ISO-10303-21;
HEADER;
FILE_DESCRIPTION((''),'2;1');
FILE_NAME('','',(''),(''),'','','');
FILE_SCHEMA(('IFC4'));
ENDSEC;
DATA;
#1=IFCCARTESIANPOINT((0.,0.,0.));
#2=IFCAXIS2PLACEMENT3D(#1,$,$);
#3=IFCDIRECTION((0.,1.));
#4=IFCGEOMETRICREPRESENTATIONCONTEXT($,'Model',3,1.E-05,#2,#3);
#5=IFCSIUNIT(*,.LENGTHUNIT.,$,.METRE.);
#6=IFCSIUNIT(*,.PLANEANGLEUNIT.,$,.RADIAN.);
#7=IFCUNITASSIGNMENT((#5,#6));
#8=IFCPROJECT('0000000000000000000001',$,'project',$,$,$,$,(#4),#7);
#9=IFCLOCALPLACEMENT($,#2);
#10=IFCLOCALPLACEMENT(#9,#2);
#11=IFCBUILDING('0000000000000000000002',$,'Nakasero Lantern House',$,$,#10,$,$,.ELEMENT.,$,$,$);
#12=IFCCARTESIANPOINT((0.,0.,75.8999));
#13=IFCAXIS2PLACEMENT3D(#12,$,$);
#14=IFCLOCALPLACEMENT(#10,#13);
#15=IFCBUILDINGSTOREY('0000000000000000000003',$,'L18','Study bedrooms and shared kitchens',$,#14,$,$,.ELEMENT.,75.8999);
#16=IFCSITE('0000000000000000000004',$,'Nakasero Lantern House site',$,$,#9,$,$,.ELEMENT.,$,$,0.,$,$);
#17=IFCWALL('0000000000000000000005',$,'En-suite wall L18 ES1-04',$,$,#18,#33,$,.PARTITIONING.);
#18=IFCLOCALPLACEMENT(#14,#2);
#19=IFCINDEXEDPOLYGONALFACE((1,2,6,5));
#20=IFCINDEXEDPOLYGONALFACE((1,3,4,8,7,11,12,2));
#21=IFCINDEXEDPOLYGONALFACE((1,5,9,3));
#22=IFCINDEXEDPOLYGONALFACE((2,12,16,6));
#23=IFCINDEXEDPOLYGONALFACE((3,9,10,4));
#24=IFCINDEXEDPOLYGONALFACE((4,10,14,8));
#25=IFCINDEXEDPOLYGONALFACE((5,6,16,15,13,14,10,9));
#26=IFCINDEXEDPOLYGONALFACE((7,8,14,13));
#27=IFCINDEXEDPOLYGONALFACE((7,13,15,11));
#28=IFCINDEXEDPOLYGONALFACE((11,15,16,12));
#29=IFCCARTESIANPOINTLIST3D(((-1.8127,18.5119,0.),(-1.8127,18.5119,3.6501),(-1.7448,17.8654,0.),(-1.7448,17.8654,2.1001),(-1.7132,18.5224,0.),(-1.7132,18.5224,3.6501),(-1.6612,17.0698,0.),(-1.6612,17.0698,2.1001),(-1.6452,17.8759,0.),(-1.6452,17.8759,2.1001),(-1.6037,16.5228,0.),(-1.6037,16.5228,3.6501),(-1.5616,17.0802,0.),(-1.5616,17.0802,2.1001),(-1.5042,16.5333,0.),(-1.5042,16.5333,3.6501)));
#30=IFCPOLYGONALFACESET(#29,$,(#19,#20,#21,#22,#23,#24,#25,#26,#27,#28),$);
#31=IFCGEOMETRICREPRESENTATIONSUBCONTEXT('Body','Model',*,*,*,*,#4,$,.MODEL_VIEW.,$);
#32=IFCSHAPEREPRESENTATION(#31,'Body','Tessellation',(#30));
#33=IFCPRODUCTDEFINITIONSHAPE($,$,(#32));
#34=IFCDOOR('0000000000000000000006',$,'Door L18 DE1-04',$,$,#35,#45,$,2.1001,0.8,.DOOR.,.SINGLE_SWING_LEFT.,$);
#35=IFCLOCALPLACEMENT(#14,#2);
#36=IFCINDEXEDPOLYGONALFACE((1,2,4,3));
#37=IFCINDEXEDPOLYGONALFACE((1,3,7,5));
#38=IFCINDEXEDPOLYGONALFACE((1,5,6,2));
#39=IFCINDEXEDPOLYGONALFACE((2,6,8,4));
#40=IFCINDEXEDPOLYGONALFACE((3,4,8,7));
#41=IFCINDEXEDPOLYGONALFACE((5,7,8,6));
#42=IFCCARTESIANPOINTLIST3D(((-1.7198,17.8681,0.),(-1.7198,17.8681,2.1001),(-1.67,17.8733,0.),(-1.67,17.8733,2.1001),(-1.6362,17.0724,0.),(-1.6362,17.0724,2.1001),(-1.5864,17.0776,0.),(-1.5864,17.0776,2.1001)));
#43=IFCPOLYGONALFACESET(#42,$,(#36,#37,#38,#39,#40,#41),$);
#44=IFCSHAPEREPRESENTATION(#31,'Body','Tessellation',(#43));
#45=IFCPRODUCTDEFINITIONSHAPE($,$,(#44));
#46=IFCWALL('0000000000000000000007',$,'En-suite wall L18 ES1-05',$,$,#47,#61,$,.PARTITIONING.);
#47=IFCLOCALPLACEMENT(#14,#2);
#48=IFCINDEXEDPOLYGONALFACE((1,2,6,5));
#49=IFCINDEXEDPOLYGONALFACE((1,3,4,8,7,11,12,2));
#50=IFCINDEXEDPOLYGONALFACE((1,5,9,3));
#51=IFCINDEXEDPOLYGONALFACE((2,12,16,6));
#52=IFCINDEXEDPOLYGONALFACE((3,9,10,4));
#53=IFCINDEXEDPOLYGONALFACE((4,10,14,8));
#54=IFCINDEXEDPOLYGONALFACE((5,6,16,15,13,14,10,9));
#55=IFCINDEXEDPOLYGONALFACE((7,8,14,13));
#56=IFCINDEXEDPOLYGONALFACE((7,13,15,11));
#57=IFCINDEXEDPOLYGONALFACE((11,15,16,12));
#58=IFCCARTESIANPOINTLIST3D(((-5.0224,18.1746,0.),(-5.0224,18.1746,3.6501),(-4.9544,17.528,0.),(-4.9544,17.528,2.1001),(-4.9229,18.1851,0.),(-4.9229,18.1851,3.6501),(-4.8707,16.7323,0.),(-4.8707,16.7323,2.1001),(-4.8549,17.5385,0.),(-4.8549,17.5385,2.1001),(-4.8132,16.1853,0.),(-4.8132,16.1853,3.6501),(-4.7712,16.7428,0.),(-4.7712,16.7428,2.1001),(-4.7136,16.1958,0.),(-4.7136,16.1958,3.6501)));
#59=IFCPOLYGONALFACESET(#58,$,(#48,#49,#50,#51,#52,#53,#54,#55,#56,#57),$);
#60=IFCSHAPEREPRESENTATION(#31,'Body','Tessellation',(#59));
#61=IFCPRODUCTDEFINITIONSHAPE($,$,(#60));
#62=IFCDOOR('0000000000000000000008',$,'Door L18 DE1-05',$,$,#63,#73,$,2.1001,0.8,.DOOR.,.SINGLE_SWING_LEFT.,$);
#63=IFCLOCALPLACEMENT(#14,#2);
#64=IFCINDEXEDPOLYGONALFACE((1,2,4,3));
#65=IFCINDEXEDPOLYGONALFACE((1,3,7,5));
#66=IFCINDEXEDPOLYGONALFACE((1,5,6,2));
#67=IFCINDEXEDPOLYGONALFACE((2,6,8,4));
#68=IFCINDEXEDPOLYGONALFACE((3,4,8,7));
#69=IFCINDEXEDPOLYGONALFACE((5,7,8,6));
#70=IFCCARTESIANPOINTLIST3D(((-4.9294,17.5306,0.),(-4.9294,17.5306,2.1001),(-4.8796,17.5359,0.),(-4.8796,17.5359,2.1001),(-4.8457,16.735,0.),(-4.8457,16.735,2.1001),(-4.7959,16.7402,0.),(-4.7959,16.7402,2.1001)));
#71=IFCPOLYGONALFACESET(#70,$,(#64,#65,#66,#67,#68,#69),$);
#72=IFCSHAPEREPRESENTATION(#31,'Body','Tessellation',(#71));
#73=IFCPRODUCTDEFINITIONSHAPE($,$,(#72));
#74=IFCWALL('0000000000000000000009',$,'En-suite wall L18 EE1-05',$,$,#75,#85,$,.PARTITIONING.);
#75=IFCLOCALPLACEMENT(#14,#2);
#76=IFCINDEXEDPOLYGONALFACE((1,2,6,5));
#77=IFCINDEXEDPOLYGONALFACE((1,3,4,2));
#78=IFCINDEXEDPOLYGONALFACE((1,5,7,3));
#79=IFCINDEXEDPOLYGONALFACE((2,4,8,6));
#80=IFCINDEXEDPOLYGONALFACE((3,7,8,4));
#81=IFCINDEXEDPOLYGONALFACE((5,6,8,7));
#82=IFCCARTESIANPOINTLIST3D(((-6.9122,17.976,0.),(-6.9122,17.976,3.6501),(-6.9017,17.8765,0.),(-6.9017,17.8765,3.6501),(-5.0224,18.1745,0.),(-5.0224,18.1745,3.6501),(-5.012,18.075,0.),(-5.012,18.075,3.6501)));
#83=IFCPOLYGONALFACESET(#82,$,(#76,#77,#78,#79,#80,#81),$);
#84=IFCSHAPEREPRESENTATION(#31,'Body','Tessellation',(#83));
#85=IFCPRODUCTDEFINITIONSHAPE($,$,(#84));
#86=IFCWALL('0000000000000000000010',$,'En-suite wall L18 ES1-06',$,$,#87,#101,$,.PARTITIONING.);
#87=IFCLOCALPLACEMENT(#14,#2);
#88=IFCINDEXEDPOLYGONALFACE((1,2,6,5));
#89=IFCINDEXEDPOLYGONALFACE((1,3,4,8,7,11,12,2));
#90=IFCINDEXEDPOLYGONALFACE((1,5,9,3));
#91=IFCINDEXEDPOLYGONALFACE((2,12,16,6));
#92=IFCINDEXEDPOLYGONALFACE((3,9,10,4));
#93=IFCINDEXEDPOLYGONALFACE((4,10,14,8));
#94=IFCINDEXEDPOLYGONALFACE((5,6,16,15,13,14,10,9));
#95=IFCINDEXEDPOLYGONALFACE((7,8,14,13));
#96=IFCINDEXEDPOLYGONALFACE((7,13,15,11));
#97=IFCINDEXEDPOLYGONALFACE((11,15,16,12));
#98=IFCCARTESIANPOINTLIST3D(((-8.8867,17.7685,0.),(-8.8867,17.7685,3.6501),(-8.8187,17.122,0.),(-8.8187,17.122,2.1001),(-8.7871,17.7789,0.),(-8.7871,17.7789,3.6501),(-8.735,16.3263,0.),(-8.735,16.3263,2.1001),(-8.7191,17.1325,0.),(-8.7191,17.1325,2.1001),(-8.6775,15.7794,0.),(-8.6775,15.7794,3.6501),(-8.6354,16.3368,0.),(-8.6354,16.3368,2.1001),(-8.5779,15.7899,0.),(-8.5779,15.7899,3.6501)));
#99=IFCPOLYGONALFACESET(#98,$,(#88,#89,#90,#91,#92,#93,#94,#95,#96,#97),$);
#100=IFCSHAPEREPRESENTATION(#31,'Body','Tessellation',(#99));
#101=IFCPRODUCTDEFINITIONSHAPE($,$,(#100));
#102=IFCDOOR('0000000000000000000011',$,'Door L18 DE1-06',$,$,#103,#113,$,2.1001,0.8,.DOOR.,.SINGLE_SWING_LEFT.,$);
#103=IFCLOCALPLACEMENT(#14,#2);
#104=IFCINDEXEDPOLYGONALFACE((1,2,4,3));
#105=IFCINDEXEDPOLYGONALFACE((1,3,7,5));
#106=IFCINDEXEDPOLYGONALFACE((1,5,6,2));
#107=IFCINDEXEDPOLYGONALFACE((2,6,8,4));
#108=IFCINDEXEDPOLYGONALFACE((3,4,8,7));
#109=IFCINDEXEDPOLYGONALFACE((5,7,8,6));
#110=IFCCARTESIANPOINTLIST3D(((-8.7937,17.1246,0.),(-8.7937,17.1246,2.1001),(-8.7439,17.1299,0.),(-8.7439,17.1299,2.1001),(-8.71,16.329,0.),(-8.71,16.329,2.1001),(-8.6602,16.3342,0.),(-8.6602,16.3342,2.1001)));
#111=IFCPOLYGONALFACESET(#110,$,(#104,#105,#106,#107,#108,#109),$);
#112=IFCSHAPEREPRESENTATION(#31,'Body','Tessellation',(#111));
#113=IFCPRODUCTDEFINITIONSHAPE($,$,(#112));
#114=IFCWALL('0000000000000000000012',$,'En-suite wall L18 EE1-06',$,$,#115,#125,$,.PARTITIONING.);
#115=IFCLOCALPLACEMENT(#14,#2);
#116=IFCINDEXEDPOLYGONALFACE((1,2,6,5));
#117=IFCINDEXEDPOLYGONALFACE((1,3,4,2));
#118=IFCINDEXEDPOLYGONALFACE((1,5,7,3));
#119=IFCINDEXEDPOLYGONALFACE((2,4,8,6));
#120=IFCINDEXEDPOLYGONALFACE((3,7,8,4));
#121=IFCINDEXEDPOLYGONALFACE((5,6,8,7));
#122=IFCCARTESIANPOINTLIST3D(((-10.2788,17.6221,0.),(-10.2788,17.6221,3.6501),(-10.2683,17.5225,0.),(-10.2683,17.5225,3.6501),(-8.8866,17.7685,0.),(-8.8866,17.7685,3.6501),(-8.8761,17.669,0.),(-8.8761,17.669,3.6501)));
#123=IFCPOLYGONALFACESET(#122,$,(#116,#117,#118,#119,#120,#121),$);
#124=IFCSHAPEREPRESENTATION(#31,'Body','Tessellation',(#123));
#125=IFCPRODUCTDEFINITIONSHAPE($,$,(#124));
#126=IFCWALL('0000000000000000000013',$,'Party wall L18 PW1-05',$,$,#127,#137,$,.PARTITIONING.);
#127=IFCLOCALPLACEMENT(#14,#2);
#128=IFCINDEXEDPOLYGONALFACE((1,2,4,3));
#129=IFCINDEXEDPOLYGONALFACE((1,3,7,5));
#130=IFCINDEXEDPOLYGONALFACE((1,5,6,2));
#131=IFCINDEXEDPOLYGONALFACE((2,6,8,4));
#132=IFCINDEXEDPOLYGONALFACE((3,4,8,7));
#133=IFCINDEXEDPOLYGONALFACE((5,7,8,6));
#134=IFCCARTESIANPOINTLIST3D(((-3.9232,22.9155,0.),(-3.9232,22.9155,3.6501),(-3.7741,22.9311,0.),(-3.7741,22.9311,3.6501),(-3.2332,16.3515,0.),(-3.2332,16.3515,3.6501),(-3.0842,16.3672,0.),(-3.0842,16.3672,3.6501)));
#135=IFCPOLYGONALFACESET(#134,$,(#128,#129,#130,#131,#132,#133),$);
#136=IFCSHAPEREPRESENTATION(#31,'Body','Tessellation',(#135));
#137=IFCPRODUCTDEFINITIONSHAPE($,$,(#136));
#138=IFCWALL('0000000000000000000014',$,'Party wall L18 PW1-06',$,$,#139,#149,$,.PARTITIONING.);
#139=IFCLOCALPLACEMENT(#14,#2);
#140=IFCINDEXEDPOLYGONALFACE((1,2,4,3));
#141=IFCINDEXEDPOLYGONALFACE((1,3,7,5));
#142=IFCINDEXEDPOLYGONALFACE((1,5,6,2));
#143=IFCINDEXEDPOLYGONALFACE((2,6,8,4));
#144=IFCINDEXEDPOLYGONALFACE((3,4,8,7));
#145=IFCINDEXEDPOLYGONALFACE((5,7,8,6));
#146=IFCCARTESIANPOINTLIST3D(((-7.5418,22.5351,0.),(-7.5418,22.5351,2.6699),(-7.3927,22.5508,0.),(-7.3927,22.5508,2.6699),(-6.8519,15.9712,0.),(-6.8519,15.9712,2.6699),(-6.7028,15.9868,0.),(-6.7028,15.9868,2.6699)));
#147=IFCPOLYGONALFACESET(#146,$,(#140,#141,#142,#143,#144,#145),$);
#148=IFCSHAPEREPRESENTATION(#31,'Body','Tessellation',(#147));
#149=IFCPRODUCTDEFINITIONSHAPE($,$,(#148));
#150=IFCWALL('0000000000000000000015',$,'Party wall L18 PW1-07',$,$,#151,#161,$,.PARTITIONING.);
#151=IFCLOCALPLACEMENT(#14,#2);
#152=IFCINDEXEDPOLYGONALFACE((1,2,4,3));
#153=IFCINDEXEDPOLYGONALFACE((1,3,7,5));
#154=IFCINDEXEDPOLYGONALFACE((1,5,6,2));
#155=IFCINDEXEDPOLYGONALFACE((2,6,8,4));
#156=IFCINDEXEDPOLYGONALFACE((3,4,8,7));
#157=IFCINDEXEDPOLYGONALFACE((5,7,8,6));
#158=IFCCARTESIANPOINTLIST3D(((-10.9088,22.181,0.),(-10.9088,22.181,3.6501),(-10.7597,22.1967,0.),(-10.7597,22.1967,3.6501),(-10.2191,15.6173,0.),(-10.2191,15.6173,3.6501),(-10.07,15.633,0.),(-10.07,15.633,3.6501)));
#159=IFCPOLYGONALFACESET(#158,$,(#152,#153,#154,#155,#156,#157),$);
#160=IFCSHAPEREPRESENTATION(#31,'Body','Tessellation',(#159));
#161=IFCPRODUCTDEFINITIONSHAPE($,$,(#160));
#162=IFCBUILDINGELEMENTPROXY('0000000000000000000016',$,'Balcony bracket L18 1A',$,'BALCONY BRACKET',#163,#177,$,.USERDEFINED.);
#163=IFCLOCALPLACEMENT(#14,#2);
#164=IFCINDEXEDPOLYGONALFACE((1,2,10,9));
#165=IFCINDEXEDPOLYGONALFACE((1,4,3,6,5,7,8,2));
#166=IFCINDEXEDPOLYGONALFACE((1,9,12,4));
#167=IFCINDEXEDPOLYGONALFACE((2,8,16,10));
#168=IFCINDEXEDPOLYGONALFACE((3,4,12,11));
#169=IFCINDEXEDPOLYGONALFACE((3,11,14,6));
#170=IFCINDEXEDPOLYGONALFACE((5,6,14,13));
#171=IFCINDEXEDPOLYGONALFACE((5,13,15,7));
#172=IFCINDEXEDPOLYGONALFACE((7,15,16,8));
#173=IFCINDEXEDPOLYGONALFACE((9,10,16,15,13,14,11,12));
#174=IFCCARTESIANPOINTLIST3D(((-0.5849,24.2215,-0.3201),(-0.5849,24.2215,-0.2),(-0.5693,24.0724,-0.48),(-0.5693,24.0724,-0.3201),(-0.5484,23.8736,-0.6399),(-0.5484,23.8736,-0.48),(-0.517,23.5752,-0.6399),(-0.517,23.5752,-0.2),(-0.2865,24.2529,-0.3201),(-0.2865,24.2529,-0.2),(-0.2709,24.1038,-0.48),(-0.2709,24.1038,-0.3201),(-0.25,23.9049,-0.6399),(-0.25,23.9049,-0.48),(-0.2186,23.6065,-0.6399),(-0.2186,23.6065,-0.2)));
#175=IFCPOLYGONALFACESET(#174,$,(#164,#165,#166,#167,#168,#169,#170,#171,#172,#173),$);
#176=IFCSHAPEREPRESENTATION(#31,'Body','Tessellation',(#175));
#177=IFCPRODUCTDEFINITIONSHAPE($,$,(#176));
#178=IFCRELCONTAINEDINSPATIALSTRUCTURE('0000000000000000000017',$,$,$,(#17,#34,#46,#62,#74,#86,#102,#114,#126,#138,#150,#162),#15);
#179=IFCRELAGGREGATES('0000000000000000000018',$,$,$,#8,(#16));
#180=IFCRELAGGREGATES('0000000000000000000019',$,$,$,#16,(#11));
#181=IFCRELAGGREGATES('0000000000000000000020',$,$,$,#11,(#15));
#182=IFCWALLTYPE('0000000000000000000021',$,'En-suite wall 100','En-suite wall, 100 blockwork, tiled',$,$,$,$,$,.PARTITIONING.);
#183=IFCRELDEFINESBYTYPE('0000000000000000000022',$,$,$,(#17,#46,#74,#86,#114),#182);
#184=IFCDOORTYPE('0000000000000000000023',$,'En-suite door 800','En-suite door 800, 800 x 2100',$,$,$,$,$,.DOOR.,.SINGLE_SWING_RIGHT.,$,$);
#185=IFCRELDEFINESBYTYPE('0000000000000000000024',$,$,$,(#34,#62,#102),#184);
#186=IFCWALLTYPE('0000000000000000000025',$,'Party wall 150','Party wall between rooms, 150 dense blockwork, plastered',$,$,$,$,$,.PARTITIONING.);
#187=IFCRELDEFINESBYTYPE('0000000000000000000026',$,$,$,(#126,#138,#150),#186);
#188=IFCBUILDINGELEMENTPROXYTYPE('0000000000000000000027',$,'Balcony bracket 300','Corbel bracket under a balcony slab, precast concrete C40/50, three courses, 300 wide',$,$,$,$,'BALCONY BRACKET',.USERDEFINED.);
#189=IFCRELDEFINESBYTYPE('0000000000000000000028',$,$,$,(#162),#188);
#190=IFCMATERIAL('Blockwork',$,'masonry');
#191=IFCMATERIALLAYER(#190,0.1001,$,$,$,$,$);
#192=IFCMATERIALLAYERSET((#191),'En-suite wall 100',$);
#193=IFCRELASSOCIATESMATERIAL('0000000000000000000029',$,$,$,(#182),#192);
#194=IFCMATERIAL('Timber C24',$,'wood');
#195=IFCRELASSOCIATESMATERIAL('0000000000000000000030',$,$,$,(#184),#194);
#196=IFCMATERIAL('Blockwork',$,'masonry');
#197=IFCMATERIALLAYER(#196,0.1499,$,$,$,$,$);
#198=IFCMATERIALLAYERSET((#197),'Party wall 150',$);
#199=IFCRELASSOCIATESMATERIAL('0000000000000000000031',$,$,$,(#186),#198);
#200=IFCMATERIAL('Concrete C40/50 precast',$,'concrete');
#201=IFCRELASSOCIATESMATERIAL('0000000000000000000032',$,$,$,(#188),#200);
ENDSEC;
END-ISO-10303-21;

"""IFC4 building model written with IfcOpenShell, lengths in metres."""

from ifc_helpers import new_model, si_unit, direction, frame, frame_2d, origin, place, context, subcontext, project, spatial, polyline, rectangle, outline, extrude, material, layer, layer_set, type_object, element, fill, save


model = new_model("IFC4")

# Units and contexts
model_context = context("Model", 3, precision=1e-05, world=origin(), true_north=direction((0.0, 1.0)))
body_context = subcontext(model_context, "Body", "Model", "MODEL_VIEW")
ifc_project = project(units=[si_unit("LENGTHUNIT", "METRE"), si_unit("PLANEANGLEUNIT", "RADIAN")], contexts=[model_context])

# Site, building, storey
site_placement = place(None, origin())
site = spatial("IfcSite", under=ifc_project, at=site_placement, Name="Nakasero Lantern House site", CompositionType="ELEMENT", RefElevation=0.0)
building_placement = place(site_placement, origin())
building = spatial("IfcBuilding", under=site, at=building_placement, Name="Nakasero Lantern House", CompositionType="ELEMENT")
storey_placement = place(building_placement, frame((0.0, 0.0, 75.8999)))
storey = spatial("IfcBuildingStorey", under=building, at=storey_placement, Name="L18", Description="Study bedrooms and shared kitchens", CompositionType="ELEMENT", Elevation=75.8999)

# Walls, openings, doors
ifc_material_1 = material(Name="Blockwork", Category="masonry")
ifc_layer_1 = layer(ifc_material_1, 0.1001)
ifc_layer_set_1 = layer_set([ifc_layer_1], Name="En-suite wall 100")
wall_type_1 = type_object("IfcWallType", Name="En-suite wall 100", Description="En-suite wall, 100 blockwork, tiled", PredefinedType="PARTITIONING", material=ifc_layer_set_1)
wall_1_placement = place(storey_placement, frame((-1.554, 16.5281, 0.0), z_axis=(0.0, 0.0, 1.0), x_axis=(-0.104494, 0.994526, 0.0)))
wall_1 = element("IfcWall", 1, at=wall_1_placement, inside=storey, type_object=wall_type_1, Name="En-suite wall L18 ES1-04", PredefinedType="PARTITIONING", context=body_context, shape_type="SweptSolid", body=[
    extrude(rectangle(XDim=2.0, YDim=0.1001, at=frame_2d((1.0, 0.0))), origin(), (0.0, 0.0, 1.0), 3.6501),
])
opening_1_placement = place(wall_1_placement, frame((0.55, 0.0, 0.0)))
opening_1 = element("IfcOpeningElement", 2, at=opening_1_placement, cuts=wall_1, PredefinedType="OPENING", context=body_context, shape_type="SweptSolid", body=[
    extrude(rectangle(XDim=0.8, YDim=2.1001, at=frame_2d((0.3999, 1.05))), frame((0.0, 0.0701, 0.0), z_axis=(0.0, -1.0, 0.0), x_axis=(1.0, 0.0, 0.0)), (0.0, 0.0, 1.0), 0.1401),
])
ifc_material_2 = material(Name="Timber C24", Category="wood")
door_type = type_object("IfcDoorType", Name="En-suite door 800", Description="En-suite door 800, 800 x 2100", OperationType="SINGLE_SWING_RIGHT", PredefinedType="DOOR", material=ifc_material_2)
door_1_placement = place(opening_1_placement, origin())
door_1 = element("IfcDoor", 3, at=door_1_placement, inside=storey, type_object=door_type, Name="Door L18 DE1-04", OperationType="SINGLE_SWING_LEFT", OverallHeight=2.1001, OverallWidth=0.8, PredefinedType="DOOR", context=body_context, shape_type="SweptSolid", body=[
    extrude(rectangle(XDim=0.8, YDim=2.1001, at=frame_2d((0.3999, 1.05))), frame((0.0, 0.0249, 0.0), z_axis=(0.0, -1.0, 0.0), x_axis=(1.0, 0.0, 0.0)), (0.0, 0.0, 1.0), 0.05),
])
fill(opening_1, door_1)
wall_2_placement = place(storey_placement, frame((-4.7634, 16.1907, 0.0), z_axis=(0.0, 0.0, 1.0), x_axis=(-0.104602, 0.994514, 0.0)))
wall_2 = element("IfcWall", 4, at=wall_2_placement, inside=storey, type_object=wall_type_1, Name="En-suite wall L18 ES1-05", PredefinedType="PARTITIONING", context=body_context, shape_type="SweptSolid", body=[
    extrude(rectangle(XDim=2.0002, YDim=0.1001, at=frame_2d((1.0, 0.0))), origin(), (0.0, 0.0, 1.0), 3.6501),
])
opening_2_placement = place(wall_2_placement, frame((0.55, 0.0, 0.0)))
opening_2 = element("IfcOpeningElement", 5, at=opening_2_placement, cuts=wall_2, PredefinedType="OPENING", context=body_context, shape_type="SweptSolid", body=[
    extrude(rectangle(XDim=0.8, YDim=2.1001, at=frame_2d((0.3999, 1.05))), frame((0.0, 0.0701, 0.0), z_axis=(0.0, -1.0, 0.0), x_axis=(1.0, 0.0, 0.0)), (0.0, 0.0, 1.0), 0.1401),
])
door_2_placement = place(opening_2_placement, origin())
door_2 = element("IfcDoor", 6, at=door_2_placement, inside=storey, type_object=door_type, Name="Door L18 DE1-05", OperationType="SINGLE_SWING_LEFT", OverallHeight=2.1001, OverallWidth=0.8, PredefinedType="DOOR", context=body_context, shape_type="SweptSolid", body=[
    extrude(rectangle(XDim=0.8, YDim=2.1001, at=frame_2d((0.3999, 1.05))), frame((0.0, 0.0249, 0.0), z_axis=(0.0, -1.0, 0.0), x_axis=(1.0, 0.0, 0.0)), (0.0, 0.0, 1.0), 0.05),
])
fill(opening_2, door_2)

# Wall
wall_3_placement = place(storey_placement, frame((-5.0171, 18.1248, 0.0), z_axis=(0.0, 0.0, 1.0), x_axis=(-0.994529, -0.104464, 0.0)))
element("IfcWall", 7, at=wall_3_placement, inside=storey, type_object=wall_type_1, Name="En-suite wall L18 EE1-05", PredefinedType="PARTITIONING", context=body_context, shape_type="SweptSolid", body=[
    extrude(rectangle(XDim=1.9001, YDim=0.1001, at=frame_2d((0.9502, 0.0))), origin(), (0.0, 0.0, 1.0), 3.6501),
])

# Wall, opening, door
wall_4_placement = place(storey_placement, frame((-8.6277, 15.7847, 0.0), z_axis=(0.0, 0.0, 1.0), x_axis=(-0.104615, 0.994513, 0.0)))
wall_4 = element("IfcWall", 8, at=wall_4_placement, inside=storey, type_object=wall_type_1, Name="En-suite wall L18 ES1-06", PredefinedType="PARTITIONING", context=body_context, shape_type="SweptSolid", body=[
    extrude(rectangle(XDim=2.0, YDim=0.1001, at=frame_2d((1.0, 0.0))), origin(), (0.0, 0.0, 1.0), 3.6501),
])
opening_3_placement = place(wall_4_placement, frame((0.55, 0.0, 0.0)))
opening_3 = element("IfcOpeningElement", 9, at=opening_3_placement, cuts=wall_4, PredefinedType="OPENING", context=body_context, shape_type="SweptSolid", body=[
    extrude(rectangle(XDim=0.8, YDim=2.1001, at=frame_2d((0.3999, 1.05))), frame((0.0, 0.0701, 0.0), z_axis=(0.0, -1.0, 0.0), x_axis=(1.0, 0.0, 0.0)), (0.0, 0.0, 1.0), 0.1401),
])
door_3_placement = place(opening_3_placement, origin())
door_3 = element("IfcDoor", 10, at=door_3_placement, inside=storey, type_object=door_type, Name="Door L18 DE1-06", OperationType="SINGLE_SWING_LEFT", OverallHeight=2.1001, OverallWidth=0.8, PredefinedType="DOOR", context=body_context, shape_type="SweptSolid", body=[
    extrude(rectangle(XDim=0.8, YDim=2.1001, at=frame_2d((0.3999, 1.05))), frame((0.0, 0.0249, 0.0), z_axis=(0.0, -1.0, 0.0), x_axis=(1.0, 0.0, 0.0)), (0.0, 0.0, 1.0), 0.05),
])
fill(opening_3, door_3)

# Walls
wall_5_placement = place(storey_placement, frame((-8.8813, 17.7188, 0.0), z_axis=(0.0, 0.0, 1.0), x_axis=(-0.994511, -0.10463, 0.0)))
element("IfcWall", 11, at=wall_5_placement, inside=storey, type_object=wall_type_1, Name="En-suite wall L18 EE1-06", PredefinedType="PARTITIONING", context=body_context, shape_type="SweptSolid", body=[
    extrude(rectangle(XDim=1.3999, YDim=0.1001, at=frame_2d((0.7, 0.0))), origin(), (0.0, 0.0, 1.0), 3.6501),
])
ifc_material_3 = material(Name="Blockwork", Category="masonry")
ifc_layer_2 = layer(ifc_material_3, 0.1499)
ifc_layer_set_2 = layer_set([ifc_layer_2], Name="Party wall 150")
wall_type_2 = type_object("IfcWallType", Name="Party wall 150", Description="Party wall between rooms, 150 dense blockwork, plastered", PredefinedType="PARTITIONING", material=ifc_layer_set_2)
wall_6_placement = place(storey_placement, frame((-3.1587, 16.3594, 0.0), z_axis=(0.0, 0.0, 1.0), x_axis=(-0.104535, 0.994521, 0.0)))
element("IfcWall", 12, at=wall_6_placement, inside=storey, type_object=wall_type_2, Name="Party wall L18 PW1-05", PredefinedType="PARTITIONING", context=body_context, shape_type="SweptSolid", body=[
    extrude(rectangle(XDim=6.6001, YDim=0.1499, at=frame_2d((3.3, 0.0))), origin(), (0.0, 0.0, 1.0), 3.6501),
])
wall_7_placement = place(storey_placement, frame((-6.7773, 15.979, 0.0), z_axis=(0.0, 0.0, 1.0), x_axis=(-0.104535, 0.994521, 0.0)))
element("IfcWall", 13, at=wall_7_placement, inside=storey, type_object=wall_type_2, Name="Party wall L18 PW1-06", PredefinedType="PARTITIONING", context=body_context, shape_type="SweptSolid", body=[
    extrude(rectangle(XDim=6.6001, YDim=0.1499, at=frame_2d((3.3, 0.0))), origin(), (0.0, 0.0, 1.0), 2.6699),
])
wall_8_placement = place(storey_placement, frame((-10.1445, 15.6252, 0.0), z_axis=(0.0, 0.0, 1.0), x_axis=(-0.104502, 0.994525, 0.0)))
element("IfcWall", 14, at=wall_8_placement, inside=storey, type_object=wall_type_2, Name="Party wall L18 PW1-07", PredefinedType="PARTITIONING", context=body_context, shape_type="SweptSolid", body=[
    extrude(rectangle(XDim=6.5999, YDim=0.1499, at=frame_2d((3.2998, 0.0))), origin(), (0.0, 0.0, 1.0), 3.6501),
])

# Building element proxy
ifc_material_4 = material(Name="Concrete C40/50 precast", Category="concrete")
building_element_proxy_type = type_object("IfcBuildingElementProxyType", Name="Balcony bracket 300", Description="Corbel bracket under a balcony slab, precast concrete C40/50, three courses, 300 wide", ElementType="BALCONY BRACKET", PredefinedType="USERDEFINED", material=ifc_material_4)
for number, where, z_axis, x_axis, name in (
    (15, (-0.3679, 23.5908, -0.2), (0.0, 0.0, 1.0), (-0.104528, 0.994522, 0.0), "Balcony bracket L18 1A"),
):
    element("IfcBuildingElementProxy", number, at=place(storey_placement, frame(where, z_axis=z_axis, x_axis=x_axis)), inside=storey, type_object=building_element_proxy_type, Name=name, ObjectType="BALCONY BRACKET", PredefinedType="USERDEFINED", context=body_context, shape_type="SweptSolid", body=[
        extrude(outline(polyline([(0.0, 0.0), (0.6499, 0.0), (0.6499, -0.1201), (0.5, -0.1201), (0.5, -0.28), (0.3, -0.28), (0.3, -0.4399), (0.0, -0.4399), (0.0, 0.0)])), frame((0.0, 0.1499, 0.0), z_axis=(0.0, -1.0, 0.0), x_axis=(1.0, 0.0, 0.0)), (0.0, 0.0, 1.0), 0.3),
    ])

save(model, "model.ifc")
